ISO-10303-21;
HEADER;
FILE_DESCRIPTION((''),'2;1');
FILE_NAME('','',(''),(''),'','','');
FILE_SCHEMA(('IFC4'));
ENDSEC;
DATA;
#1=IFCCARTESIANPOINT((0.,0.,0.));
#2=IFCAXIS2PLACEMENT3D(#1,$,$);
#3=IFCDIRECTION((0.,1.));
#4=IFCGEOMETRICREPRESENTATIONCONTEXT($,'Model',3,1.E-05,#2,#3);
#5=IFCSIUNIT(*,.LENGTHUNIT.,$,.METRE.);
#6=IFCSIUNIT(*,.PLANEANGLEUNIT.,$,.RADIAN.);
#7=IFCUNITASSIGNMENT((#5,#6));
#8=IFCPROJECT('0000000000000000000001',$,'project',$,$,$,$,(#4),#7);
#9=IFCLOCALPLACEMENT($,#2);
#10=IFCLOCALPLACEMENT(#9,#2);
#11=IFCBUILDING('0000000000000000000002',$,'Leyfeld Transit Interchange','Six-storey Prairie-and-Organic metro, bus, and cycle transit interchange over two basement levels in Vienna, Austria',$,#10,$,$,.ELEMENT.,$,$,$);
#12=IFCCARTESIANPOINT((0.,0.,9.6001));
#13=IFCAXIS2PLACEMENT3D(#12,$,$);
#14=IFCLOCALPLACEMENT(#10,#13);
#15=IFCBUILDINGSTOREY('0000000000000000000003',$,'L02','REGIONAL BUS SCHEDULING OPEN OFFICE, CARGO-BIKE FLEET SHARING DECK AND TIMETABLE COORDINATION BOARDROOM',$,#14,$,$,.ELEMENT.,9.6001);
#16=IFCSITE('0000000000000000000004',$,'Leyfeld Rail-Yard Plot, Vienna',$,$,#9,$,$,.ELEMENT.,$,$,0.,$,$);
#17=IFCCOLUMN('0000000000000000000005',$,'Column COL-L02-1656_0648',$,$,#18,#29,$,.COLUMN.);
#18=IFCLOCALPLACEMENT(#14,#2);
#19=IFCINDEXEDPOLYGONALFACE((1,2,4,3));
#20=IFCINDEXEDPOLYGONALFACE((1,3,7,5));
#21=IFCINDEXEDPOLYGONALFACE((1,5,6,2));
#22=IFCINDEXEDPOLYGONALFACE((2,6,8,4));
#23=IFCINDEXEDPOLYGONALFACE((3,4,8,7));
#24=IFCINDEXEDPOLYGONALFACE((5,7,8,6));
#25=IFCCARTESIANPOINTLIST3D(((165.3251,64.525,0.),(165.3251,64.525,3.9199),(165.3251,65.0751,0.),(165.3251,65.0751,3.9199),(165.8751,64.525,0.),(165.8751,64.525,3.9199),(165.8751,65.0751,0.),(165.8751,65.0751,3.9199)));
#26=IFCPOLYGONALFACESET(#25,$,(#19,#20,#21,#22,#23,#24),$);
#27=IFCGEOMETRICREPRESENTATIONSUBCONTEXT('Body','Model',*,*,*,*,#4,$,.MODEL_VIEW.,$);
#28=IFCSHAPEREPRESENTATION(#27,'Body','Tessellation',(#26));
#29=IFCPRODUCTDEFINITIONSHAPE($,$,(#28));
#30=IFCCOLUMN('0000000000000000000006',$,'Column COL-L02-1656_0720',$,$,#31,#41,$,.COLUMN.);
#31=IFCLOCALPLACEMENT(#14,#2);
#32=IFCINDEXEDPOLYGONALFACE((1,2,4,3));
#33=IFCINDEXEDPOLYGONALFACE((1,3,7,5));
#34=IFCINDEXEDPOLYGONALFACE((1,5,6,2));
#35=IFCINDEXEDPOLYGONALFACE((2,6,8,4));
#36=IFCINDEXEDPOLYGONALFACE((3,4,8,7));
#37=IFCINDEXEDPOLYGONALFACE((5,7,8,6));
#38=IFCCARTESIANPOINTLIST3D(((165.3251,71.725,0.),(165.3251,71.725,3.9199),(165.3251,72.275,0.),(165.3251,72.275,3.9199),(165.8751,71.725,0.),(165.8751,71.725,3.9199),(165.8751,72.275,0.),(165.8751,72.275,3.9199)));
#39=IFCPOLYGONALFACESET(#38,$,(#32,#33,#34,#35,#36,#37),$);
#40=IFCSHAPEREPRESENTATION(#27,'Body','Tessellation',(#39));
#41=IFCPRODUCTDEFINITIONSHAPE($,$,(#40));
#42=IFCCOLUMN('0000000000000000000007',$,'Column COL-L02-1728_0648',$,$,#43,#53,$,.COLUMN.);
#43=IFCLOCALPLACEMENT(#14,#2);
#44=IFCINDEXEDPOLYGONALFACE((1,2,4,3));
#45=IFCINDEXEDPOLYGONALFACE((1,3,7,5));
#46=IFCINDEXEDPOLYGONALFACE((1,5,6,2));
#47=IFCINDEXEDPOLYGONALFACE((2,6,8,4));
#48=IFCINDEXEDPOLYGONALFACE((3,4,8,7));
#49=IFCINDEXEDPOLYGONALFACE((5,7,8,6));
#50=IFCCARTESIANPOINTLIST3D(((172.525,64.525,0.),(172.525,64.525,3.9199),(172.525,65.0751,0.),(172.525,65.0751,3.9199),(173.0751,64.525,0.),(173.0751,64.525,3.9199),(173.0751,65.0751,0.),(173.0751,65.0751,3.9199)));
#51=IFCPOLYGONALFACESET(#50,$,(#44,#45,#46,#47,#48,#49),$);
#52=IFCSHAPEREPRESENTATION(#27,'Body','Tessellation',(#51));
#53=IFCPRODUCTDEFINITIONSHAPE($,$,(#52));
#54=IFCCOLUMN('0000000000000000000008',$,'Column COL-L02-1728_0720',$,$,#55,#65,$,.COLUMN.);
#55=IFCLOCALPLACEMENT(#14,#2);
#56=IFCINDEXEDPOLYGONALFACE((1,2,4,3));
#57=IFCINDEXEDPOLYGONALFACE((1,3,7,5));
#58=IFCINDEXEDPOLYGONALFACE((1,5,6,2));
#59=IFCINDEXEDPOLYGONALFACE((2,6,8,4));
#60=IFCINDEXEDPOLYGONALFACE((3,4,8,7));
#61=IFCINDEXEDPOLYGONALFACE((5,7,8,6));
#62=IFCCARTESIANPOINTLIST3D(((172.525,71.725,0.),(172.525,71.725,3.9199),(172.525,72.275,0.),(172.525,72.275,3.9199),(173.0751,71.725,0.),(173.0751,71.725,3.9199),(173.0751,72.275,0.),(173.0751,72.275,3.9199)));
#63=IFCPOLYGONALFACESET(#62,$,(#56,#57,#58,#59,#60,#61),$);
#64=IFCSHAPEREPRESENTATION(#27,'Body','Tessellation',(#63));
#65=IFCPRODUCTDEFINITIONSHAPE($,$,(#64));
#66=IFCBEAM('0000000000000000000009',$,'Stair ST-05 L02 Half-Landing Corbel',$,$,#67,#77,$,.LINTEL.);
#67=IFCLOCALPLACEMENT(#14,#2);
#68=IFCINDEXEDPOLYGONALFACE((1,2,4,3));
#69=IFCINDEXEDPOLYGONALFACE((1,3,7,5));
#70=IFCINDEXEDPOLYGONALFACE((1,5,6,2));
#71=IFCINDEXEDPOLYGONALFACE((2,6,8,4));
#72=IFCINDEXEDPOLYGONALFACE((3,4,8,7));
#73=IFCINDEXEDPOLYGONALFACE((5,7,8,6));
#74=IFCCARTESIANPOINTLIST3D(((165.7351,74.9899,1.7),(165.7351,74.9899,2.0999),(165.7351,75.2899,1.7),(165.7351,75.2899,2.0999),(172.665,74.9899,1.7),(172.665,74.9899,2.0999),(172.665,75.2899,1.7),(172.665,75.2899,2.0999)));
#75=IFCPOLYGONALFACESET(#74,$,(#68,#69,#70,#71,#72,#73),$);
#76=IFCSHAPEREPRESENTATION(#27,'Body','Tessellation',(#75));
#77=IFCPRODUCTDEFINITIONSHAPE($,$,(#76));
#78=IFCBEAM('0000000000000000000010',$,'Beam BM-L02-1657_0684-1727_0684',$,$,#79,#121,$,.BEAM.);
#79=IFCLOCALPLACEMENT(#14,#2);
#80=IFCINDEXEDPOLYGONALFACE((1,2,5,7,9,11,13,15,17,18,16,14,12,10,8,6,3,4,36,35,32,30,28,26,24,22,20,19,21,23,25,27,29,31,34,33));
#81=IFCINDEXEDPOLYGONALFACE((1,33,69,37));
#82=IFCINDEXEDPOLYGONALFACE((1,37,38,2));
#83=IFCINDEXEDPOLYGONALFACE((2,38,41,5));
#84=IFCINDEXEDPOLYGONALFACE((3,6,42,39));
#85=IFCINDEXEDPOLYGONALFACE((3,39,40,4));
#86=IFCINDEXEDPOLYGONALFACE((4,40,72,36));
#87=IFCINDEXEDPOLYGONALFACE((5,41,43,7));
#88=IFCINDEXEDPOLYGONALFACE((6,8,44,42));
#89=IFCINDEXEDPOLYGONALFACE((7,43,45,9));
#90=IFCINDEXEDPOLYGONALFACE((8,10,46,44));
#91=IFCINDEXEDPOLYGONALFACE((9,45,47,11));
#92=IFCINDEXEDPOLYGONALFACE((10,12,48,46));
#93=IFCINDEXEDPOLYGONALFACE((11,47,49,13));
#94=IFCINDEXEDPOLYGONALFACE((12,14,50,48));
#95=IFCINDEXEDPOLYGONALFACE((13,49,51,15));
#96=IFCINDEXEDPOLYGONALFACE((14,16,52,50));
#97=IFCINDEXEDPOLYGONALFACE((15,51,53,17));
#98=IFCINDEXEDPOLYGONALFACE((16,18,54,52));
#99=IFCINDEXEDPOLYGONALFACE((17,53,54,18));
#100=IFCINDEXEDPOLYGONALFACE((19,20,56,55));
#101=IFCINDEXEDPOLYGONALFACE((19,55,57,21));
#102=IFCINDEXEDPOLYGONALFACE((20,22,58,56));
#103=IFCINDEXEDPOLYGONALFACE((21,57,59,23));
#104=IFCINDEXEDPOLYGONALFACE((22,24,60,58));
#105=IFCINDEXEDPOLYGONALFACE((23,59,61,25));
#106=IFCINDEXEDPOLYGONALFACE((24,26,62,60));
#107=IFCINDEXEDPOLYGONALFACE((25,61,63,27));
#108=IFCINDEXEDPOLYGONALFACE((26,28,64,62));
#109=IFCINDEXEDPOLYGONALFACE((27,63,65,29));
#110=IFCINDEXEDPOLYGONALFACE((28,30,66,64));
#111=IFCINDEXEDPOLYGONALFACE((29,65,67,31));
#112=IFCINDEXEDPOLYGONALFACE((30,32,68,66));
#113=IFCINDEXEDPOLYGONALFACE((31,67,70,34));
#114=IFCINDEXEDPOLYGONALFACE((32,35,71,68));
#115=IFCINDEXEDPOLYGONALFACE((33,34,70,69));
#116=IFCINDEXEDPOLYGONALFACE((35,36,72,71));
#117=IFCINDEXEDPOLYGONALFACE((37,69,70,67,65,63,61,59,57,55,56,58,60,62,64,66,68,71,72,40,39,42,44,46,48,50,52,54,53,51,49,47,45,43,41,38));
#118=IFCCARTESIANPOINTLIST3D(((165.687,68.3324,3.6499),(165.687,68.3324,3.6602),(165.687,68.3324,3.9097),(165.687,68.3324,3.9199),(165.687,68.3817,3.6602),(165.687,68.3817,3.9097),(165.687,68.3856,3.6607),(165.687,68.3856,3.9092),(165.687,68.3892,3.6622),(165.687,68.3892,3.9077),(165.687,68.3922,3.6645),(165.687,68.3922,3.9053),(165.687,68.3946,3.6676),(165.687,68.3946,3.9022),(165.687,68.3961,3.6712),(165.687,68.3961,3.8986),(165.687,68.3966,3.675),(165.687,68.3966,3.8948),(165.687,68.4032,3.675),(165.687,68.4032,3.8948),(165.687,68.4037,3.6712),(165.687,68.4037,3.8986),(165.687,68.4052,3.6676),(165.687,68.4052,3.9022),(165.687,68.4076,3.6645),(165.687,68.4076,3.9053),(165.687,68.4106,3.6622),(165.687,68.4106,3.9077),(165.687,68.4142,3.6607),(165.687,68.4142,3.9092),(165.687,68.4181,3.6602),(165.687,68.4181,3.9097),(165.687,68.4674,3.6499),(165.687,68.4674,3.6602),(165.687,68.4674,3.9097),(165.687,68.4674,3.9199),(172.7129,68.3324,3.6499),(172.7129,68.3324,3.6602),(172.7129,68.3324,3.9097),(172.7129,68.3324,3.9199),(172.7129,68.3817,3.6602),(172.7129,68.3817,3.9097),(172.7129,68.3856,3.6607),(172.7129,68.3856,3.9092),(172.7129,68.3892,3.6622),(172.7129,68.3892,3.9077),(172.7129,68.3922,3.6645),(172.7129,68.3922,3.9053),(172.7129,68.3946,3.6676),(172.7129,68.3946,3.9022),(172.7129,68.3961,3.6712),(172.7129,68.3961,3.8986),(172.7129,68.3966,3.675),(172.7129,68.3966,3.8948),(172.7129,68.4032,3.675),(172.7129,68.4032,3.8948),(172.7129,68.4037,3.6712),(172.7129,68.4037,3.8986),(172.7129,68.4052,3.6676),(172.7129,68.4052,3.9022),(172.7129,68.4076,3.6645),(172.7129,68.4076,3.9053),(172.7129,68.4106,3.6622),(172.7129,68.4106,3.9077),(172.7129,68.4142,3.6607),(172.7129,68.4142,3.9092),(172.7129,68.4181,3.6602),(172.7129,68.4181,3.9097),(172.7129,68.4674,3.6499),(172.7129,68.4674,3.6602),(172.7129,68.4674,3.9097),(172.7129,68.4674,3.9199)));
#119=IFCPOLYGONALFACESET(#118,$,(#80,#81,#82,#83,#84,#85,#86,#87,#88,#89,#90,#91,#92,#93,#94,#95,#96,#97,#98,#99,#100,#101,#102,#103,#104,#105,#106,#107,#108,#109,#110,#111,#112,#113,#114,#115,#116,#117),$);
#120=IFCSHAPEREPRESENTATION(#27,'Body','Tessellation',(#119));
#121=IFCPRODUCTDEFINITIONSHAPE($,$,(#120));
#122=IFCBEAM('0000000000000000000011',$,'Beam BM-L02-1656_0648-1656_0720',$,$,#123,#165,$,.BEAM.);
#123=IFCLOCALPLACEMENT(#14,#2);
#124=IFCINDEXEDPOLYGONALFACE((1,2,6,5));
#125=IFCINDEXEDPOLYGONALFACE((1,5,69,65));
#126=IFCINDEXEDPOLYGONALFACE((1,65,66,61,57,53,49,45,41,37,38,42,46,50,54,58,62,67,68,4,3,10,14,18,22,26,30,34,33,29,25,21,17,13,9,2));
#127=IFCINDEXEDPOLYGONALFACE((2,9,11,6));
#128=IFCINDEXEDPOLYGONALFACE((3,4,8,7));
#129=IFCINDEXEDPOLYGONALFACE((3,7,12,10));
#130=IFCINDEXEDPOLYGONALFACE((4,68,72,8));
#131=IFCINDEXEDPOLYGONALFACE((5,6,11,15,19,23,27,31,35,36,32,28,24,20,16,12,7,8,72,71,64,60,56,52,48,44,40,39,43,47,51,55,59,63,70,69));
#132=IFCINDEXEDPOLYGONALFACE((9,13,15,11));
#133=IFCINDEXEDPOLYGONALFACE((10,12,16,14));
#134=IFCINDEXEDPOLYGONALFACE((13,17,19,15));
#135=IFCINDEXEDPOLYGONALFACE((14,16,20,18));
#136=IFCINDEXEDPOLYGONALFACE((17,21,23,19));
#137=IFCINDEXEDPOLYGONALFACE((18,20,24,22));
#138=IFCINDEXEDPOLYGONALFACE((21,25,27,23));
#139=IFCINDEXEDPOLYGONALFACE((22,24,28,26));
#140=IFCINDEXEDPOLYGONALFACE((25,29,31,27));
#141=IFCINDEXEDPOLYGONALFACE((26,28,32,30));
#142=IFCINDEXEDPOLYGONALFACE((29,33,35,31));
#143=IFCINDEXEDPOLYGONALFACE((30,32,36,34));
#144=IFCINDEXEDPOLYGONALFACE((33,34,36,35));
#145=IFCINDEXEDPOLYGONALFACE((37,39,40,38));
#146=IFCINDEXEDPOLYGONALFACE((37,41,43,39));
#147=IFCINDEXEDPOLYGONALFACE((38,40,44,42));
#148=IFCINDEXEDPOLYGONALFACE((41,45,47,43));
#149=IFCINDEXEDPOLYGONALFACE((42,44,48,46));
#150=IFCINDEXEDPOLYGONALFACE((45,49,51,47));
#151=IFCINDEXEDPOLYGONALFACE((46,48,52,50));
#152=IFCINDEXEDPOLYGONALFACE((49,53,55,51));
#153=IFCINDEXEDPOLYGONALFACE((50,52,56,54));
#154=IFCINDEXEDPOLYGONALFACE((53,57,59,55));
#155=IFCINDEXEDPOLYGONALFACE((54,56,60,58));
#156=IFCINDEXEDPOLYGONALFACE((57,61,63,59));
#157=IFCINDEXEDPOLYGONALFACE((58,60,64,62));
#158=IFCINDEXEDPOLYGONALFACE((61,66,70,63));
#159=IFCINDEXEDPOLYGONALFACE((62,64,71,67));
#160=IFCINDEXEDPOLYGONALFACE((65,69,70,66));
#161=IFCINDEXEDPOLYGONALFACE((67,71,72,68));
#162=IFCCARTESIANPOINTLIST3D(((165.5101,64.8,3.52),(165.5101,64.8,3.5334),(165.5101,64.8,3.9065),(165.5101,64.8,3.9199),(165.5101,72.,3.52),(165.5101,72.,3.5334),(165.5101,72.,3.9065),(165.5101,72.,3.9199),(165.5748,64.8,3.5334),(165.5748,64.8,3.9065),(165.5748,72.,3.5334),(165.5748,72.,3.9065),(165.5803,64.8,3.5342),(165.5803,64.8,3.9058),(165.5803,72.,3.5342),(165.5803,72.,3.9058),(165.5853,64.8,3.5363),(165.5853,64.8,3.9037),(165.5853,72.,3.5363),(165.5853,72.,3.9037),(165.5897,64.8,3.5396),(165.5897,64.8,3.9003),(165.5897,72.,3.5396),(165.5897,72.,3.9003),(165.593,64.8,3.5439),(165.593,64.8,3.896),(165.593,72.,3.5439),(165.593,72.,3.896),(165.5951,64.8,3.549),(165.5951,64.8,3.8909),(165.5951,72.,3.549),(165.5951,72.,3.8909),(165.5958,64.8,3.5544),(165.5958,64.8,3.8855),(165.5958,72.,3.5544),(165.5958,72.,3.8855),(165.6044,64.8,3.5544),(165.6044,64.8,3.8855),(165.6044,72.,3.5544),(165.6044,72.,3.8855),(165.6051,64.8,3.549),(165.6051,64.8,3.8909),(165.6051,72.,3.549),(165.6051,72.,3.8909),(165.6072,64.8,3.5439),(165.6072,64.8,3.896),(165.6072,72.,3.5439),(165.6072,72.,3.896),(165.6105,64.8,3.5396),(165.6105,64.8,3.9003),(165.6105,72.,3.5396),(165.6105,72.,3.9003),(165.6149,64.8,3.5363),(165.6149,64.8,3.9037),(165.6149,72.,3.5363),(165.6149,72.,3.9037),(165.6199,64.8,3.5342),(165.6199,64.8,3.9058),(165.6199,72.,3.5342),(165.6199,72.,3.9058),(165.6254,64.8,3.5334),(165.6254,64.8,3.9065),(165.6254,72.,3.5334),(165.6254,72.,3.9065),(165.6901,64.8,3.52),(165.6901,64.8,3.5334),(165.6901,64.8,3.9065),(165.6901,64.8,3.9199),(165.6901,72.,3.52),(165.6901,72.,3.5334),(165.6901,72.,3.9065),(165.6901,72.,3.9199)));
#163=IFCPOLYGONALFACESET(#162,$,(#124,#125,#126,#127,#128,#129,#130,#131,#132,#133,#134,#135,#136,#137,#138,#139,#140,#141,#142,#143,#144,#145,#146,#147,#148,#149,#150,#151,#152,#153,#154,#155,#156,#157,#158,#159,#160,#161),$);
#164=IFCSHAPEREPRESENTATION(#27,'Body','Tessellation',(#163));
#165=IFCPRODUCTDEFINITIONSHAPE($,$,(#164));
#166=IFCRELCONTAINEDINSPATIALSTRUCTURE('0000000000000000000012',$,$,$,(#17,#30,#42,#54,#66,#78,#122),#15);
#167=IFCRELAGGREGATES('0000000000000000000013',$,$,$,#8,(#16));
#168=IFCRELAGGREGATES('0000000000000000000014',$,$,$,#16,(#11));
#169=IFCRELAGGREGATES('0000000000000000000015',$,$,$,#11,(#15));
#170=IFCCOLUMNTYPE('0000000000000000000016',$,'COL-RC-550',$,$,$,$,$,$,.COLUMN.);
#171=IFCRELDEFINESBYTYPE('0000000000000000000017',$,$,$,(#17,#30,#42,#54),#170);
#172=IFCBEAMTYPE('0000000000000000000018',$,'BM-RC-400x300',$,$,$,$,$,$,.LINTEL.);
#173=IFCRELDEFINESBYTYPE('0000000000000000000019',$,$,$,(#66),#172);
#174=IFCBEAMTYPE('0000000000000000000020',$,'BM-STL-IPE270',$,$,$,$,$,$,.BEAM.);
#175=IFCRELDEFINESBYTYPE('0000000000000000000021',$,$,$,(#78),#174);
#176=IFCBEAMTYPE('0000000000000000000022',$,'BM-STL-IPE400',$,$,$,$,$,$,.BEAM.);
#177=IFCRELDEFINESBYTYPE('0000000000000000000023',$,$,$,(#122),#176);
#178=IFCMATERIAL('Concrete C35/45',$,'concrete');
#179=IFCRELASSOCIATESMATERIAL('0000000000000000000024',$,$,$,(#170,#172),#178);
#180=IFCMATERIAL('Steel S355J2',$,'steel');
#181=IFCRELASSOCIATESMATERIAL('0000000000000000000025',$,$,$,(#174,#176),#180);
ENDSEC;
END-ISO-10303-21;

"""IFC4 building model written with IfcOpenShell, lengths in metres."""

from ifc_helpers import new_model, si_unit, direction, frame, origin, origin_2d, place, context, subcontext, project, spatial, rectangle, i_section, extrude, material, material_profile, profile_set, type_object, element, save


model = new_model("IFC4")

# Units and contexts
model_context = context("Model", 3, precision=1e-05, world=origin(), true_north=direction((0.0, 1.0)))
body_context = subcontext(model_context, "Body", "Model", "MODEL_VIEW")
ifc_project = project(units=[si_unit("LENGTHUNIT", "METRE"), si_unit("PLANEANGLEUNIT", "RADIAN")], contexts=[model_context])

# Site, building, storey
site_placement = place(None, origin())
site = spatial("IfcSite", under=ifc_project, at=site_placement, Name="Leyfeld Rail-Yard Plot, Vienna", CompositionType="ELEMENT", RefElevation=0.0)
building_placement = place(site_placement, origin())
building = spatial("IfcBuilding", under=site, at=building_placement, Name="Leyfeld Transit Interchange", Description="Six-storey Prairie-and-Organic metro, bus, and cycle transit interchange over two basement levels in Vienna, Austria", CompositionType="ELEMENT")
storey_placement = place(building_placement, frame((0.0, 0.0, 9.6001)))
storey = spatial("IfcBuildingStorey", under=building, at=storey_placement, Name="L02", Description="REGIONAL BUS SCHEDULING OPEN OFFICE, CARGO-BIKE FLEET SHARING DECK AND TIMETABLE COORDINATION BOARDROOM", CompositionType="ELEMENT", Elevation=9.6001)

# Columns
ifc_material_1 = material(Name="Concrete C35/45", Category="concrete")
ifc_material_profile_1 = material_profile(ifc_material_1, rectangle(XDim=0.55, YDim=0.55, at=origin_2d()), Name="RC 550x550")
ifc_profile_set_1 = profile_set([ifc_material_profile_1], Name="Concrete C35/45")
column_type = type_object("IfcColumnType", Name="COL-RC-550", PredefinedType="COLUMN", material=ifc_profile_set_1)
for number, where, z_axis, x_axis, name in (
    (1, (165.6001, 64.8, 0.0), (0.0, 0.0, 1.0), (1.0, 0.0, 0.0), "Column COL-L02-1656_0648"),
    (2, (165.6001, 72.0, 0.0), (0.0, 0.0, 1.0), (1.0, 0.0, 0.0), "Column COL-L02-1656_0720"),
    (3, (172.8, 64.8, 0.0), (0.0, 0.0, 1.0), (1.0, 0.0, 0.0), "Column COL-L02-1728_0648"),
    (4, (172.8, 72.0, 0.0), (0.0, 0.0, 1.0), (1.0, 0.0, 0.0), "Column COL-L02-1728_0720"),
):
    element("IfcColumn", number, at=place(storey_placement, frame(where, z_axis=z_axis, x_axis=x_axis)), inside=storey, type_object=column_type, Name=name, PredefinedType="COLUMN", context=body_context, shape_type="SweptSolid", body=[
        extrude(rectangle(XDim=0.55, YDim=0.55, at=origin_2d()), origin(), (0.0, 0.0, 1.0), 3.9199),
    ])

# Beams
ifc_material_profile_2 = material_profile(ifc_material_1, rectangle(XDim=0.3, YDim=0.3999, at=origin_2d()), Name="RC 400x300")
ifc_profile_set_2 = profile_set([ifc_material_profile_2], Name="Concrete C35/45")
beam_type_1 = type_object("IfcBeamType", Name="BM-RC-400x300", PredefinedType="LINTEL", material=ifc_profile_set_2)
beam_1_placement = place(storey_placement, frame((165.7351, 75.1399, 1.8999), z_axis=(1.0, 0.0, 0.0), x_axis=(0.0, 1.0, 0.0)))
element("IfcBeam", 5, at=beam_1_placement, inside=storey, type_object=beam_type_1, Name="Stair ST-05 L02 Half-Landing Corbel", PredefinedType="LINTEL", context=body_context, shape_type="SweptSolid", body=[
    extrude(rectangle(XDim=0.3, YDim=0.3999, at=origin_2d()), origin(), (0.0, 0.0, 1.0), 6.9299),
])
ifc_material_2 = material(Name="Steel S355J2", Category="steel")
ifc_material_profile_3 = material_profile(ifc_material_2, i_section(OverallWidth=0.135, OverallDepth=0.27, WebThickness=0.0066, FlangeThickness=0.0103, FilletRadius=0.0149, at=origin_2d()), Name="IPE 270")
ifc_profile_set_3 = profile_set([ifc_material_profile_3], Name="Steel S355J2")
beam_type_2 = type_object("IfcBeamType", Name="BM-STL-IPE270", PredefinedType="BEAM", material=ifc_profile_set_3)
beam_2_placement = place(storey_placement, frame((165.687, 68.3999, 3.7849), z_axis=(1.0, 0.0, 0.0), x_axis=(0.0, 1.0, 0.0)))
element("IfcBeam", 6, at=beam_2_placement, inside=storey, type_object=beam_type_2, Name="Beam BM-L02-1657_0684-1727_0684", PredefinedType="BEAM", context=body_context, shape_type="SweptSolid", body=[
    extrude(i_section(OverallWidth=0.135, OverallDepth=0.27, WebThickness=0.0066, FlangeThickness=0.0103, FilletRadius=0.0149, at=origin_2d()), origin(), (0.0, 0.0, 1.0), 7.0259),
])
ifc_material_profile_4 = material_profile(ifc_material_2, i_section(OverallWidth=0.1799, OverallDepth=0.3999, WebThickness=0.0085, FlangeThickness=0.0134, FilletRadius=0.021, at=origin_2d()), Name="IPE 400")
ifc_profile_set_4 = profile_set([ifc_material_profile_4], Name="Steel S355J2")
beam_type_3 = type_object("IfcBeamType", Name="BM-STL-IPE400", PredefinedType="BEAM", material=ifc_profile_set_4)
for number, where, z_axis, x_axis, name in (
    (7, (165.6001, 64.8, 3.72), (0.0, 1.0, 0.0), (-1.0, 0.0, 0.0), "Beam BM-L02-1656_0648-1656_0720"),
):
    element("IfcBeam", number, at=place(storey_placement, frame(where, z_axis=z_axis, x_axis=x_axis)), inside=storey, type_object=beam_type_3, Name=name, PredefinedType="BEAM", context=body_context, shape_type="SweptSolid", body=[
        extrude(i_section(OverallWidth=0.1799, OverallDepth=0.3999, WebThickness=0.0085, FlangeThickness=0.0134, FilletRadius=0.021, at=origin_2d()), origin(), (0.0, 0.0, 1.0), 7.2),
    ])

save(model, "model.ifc")
